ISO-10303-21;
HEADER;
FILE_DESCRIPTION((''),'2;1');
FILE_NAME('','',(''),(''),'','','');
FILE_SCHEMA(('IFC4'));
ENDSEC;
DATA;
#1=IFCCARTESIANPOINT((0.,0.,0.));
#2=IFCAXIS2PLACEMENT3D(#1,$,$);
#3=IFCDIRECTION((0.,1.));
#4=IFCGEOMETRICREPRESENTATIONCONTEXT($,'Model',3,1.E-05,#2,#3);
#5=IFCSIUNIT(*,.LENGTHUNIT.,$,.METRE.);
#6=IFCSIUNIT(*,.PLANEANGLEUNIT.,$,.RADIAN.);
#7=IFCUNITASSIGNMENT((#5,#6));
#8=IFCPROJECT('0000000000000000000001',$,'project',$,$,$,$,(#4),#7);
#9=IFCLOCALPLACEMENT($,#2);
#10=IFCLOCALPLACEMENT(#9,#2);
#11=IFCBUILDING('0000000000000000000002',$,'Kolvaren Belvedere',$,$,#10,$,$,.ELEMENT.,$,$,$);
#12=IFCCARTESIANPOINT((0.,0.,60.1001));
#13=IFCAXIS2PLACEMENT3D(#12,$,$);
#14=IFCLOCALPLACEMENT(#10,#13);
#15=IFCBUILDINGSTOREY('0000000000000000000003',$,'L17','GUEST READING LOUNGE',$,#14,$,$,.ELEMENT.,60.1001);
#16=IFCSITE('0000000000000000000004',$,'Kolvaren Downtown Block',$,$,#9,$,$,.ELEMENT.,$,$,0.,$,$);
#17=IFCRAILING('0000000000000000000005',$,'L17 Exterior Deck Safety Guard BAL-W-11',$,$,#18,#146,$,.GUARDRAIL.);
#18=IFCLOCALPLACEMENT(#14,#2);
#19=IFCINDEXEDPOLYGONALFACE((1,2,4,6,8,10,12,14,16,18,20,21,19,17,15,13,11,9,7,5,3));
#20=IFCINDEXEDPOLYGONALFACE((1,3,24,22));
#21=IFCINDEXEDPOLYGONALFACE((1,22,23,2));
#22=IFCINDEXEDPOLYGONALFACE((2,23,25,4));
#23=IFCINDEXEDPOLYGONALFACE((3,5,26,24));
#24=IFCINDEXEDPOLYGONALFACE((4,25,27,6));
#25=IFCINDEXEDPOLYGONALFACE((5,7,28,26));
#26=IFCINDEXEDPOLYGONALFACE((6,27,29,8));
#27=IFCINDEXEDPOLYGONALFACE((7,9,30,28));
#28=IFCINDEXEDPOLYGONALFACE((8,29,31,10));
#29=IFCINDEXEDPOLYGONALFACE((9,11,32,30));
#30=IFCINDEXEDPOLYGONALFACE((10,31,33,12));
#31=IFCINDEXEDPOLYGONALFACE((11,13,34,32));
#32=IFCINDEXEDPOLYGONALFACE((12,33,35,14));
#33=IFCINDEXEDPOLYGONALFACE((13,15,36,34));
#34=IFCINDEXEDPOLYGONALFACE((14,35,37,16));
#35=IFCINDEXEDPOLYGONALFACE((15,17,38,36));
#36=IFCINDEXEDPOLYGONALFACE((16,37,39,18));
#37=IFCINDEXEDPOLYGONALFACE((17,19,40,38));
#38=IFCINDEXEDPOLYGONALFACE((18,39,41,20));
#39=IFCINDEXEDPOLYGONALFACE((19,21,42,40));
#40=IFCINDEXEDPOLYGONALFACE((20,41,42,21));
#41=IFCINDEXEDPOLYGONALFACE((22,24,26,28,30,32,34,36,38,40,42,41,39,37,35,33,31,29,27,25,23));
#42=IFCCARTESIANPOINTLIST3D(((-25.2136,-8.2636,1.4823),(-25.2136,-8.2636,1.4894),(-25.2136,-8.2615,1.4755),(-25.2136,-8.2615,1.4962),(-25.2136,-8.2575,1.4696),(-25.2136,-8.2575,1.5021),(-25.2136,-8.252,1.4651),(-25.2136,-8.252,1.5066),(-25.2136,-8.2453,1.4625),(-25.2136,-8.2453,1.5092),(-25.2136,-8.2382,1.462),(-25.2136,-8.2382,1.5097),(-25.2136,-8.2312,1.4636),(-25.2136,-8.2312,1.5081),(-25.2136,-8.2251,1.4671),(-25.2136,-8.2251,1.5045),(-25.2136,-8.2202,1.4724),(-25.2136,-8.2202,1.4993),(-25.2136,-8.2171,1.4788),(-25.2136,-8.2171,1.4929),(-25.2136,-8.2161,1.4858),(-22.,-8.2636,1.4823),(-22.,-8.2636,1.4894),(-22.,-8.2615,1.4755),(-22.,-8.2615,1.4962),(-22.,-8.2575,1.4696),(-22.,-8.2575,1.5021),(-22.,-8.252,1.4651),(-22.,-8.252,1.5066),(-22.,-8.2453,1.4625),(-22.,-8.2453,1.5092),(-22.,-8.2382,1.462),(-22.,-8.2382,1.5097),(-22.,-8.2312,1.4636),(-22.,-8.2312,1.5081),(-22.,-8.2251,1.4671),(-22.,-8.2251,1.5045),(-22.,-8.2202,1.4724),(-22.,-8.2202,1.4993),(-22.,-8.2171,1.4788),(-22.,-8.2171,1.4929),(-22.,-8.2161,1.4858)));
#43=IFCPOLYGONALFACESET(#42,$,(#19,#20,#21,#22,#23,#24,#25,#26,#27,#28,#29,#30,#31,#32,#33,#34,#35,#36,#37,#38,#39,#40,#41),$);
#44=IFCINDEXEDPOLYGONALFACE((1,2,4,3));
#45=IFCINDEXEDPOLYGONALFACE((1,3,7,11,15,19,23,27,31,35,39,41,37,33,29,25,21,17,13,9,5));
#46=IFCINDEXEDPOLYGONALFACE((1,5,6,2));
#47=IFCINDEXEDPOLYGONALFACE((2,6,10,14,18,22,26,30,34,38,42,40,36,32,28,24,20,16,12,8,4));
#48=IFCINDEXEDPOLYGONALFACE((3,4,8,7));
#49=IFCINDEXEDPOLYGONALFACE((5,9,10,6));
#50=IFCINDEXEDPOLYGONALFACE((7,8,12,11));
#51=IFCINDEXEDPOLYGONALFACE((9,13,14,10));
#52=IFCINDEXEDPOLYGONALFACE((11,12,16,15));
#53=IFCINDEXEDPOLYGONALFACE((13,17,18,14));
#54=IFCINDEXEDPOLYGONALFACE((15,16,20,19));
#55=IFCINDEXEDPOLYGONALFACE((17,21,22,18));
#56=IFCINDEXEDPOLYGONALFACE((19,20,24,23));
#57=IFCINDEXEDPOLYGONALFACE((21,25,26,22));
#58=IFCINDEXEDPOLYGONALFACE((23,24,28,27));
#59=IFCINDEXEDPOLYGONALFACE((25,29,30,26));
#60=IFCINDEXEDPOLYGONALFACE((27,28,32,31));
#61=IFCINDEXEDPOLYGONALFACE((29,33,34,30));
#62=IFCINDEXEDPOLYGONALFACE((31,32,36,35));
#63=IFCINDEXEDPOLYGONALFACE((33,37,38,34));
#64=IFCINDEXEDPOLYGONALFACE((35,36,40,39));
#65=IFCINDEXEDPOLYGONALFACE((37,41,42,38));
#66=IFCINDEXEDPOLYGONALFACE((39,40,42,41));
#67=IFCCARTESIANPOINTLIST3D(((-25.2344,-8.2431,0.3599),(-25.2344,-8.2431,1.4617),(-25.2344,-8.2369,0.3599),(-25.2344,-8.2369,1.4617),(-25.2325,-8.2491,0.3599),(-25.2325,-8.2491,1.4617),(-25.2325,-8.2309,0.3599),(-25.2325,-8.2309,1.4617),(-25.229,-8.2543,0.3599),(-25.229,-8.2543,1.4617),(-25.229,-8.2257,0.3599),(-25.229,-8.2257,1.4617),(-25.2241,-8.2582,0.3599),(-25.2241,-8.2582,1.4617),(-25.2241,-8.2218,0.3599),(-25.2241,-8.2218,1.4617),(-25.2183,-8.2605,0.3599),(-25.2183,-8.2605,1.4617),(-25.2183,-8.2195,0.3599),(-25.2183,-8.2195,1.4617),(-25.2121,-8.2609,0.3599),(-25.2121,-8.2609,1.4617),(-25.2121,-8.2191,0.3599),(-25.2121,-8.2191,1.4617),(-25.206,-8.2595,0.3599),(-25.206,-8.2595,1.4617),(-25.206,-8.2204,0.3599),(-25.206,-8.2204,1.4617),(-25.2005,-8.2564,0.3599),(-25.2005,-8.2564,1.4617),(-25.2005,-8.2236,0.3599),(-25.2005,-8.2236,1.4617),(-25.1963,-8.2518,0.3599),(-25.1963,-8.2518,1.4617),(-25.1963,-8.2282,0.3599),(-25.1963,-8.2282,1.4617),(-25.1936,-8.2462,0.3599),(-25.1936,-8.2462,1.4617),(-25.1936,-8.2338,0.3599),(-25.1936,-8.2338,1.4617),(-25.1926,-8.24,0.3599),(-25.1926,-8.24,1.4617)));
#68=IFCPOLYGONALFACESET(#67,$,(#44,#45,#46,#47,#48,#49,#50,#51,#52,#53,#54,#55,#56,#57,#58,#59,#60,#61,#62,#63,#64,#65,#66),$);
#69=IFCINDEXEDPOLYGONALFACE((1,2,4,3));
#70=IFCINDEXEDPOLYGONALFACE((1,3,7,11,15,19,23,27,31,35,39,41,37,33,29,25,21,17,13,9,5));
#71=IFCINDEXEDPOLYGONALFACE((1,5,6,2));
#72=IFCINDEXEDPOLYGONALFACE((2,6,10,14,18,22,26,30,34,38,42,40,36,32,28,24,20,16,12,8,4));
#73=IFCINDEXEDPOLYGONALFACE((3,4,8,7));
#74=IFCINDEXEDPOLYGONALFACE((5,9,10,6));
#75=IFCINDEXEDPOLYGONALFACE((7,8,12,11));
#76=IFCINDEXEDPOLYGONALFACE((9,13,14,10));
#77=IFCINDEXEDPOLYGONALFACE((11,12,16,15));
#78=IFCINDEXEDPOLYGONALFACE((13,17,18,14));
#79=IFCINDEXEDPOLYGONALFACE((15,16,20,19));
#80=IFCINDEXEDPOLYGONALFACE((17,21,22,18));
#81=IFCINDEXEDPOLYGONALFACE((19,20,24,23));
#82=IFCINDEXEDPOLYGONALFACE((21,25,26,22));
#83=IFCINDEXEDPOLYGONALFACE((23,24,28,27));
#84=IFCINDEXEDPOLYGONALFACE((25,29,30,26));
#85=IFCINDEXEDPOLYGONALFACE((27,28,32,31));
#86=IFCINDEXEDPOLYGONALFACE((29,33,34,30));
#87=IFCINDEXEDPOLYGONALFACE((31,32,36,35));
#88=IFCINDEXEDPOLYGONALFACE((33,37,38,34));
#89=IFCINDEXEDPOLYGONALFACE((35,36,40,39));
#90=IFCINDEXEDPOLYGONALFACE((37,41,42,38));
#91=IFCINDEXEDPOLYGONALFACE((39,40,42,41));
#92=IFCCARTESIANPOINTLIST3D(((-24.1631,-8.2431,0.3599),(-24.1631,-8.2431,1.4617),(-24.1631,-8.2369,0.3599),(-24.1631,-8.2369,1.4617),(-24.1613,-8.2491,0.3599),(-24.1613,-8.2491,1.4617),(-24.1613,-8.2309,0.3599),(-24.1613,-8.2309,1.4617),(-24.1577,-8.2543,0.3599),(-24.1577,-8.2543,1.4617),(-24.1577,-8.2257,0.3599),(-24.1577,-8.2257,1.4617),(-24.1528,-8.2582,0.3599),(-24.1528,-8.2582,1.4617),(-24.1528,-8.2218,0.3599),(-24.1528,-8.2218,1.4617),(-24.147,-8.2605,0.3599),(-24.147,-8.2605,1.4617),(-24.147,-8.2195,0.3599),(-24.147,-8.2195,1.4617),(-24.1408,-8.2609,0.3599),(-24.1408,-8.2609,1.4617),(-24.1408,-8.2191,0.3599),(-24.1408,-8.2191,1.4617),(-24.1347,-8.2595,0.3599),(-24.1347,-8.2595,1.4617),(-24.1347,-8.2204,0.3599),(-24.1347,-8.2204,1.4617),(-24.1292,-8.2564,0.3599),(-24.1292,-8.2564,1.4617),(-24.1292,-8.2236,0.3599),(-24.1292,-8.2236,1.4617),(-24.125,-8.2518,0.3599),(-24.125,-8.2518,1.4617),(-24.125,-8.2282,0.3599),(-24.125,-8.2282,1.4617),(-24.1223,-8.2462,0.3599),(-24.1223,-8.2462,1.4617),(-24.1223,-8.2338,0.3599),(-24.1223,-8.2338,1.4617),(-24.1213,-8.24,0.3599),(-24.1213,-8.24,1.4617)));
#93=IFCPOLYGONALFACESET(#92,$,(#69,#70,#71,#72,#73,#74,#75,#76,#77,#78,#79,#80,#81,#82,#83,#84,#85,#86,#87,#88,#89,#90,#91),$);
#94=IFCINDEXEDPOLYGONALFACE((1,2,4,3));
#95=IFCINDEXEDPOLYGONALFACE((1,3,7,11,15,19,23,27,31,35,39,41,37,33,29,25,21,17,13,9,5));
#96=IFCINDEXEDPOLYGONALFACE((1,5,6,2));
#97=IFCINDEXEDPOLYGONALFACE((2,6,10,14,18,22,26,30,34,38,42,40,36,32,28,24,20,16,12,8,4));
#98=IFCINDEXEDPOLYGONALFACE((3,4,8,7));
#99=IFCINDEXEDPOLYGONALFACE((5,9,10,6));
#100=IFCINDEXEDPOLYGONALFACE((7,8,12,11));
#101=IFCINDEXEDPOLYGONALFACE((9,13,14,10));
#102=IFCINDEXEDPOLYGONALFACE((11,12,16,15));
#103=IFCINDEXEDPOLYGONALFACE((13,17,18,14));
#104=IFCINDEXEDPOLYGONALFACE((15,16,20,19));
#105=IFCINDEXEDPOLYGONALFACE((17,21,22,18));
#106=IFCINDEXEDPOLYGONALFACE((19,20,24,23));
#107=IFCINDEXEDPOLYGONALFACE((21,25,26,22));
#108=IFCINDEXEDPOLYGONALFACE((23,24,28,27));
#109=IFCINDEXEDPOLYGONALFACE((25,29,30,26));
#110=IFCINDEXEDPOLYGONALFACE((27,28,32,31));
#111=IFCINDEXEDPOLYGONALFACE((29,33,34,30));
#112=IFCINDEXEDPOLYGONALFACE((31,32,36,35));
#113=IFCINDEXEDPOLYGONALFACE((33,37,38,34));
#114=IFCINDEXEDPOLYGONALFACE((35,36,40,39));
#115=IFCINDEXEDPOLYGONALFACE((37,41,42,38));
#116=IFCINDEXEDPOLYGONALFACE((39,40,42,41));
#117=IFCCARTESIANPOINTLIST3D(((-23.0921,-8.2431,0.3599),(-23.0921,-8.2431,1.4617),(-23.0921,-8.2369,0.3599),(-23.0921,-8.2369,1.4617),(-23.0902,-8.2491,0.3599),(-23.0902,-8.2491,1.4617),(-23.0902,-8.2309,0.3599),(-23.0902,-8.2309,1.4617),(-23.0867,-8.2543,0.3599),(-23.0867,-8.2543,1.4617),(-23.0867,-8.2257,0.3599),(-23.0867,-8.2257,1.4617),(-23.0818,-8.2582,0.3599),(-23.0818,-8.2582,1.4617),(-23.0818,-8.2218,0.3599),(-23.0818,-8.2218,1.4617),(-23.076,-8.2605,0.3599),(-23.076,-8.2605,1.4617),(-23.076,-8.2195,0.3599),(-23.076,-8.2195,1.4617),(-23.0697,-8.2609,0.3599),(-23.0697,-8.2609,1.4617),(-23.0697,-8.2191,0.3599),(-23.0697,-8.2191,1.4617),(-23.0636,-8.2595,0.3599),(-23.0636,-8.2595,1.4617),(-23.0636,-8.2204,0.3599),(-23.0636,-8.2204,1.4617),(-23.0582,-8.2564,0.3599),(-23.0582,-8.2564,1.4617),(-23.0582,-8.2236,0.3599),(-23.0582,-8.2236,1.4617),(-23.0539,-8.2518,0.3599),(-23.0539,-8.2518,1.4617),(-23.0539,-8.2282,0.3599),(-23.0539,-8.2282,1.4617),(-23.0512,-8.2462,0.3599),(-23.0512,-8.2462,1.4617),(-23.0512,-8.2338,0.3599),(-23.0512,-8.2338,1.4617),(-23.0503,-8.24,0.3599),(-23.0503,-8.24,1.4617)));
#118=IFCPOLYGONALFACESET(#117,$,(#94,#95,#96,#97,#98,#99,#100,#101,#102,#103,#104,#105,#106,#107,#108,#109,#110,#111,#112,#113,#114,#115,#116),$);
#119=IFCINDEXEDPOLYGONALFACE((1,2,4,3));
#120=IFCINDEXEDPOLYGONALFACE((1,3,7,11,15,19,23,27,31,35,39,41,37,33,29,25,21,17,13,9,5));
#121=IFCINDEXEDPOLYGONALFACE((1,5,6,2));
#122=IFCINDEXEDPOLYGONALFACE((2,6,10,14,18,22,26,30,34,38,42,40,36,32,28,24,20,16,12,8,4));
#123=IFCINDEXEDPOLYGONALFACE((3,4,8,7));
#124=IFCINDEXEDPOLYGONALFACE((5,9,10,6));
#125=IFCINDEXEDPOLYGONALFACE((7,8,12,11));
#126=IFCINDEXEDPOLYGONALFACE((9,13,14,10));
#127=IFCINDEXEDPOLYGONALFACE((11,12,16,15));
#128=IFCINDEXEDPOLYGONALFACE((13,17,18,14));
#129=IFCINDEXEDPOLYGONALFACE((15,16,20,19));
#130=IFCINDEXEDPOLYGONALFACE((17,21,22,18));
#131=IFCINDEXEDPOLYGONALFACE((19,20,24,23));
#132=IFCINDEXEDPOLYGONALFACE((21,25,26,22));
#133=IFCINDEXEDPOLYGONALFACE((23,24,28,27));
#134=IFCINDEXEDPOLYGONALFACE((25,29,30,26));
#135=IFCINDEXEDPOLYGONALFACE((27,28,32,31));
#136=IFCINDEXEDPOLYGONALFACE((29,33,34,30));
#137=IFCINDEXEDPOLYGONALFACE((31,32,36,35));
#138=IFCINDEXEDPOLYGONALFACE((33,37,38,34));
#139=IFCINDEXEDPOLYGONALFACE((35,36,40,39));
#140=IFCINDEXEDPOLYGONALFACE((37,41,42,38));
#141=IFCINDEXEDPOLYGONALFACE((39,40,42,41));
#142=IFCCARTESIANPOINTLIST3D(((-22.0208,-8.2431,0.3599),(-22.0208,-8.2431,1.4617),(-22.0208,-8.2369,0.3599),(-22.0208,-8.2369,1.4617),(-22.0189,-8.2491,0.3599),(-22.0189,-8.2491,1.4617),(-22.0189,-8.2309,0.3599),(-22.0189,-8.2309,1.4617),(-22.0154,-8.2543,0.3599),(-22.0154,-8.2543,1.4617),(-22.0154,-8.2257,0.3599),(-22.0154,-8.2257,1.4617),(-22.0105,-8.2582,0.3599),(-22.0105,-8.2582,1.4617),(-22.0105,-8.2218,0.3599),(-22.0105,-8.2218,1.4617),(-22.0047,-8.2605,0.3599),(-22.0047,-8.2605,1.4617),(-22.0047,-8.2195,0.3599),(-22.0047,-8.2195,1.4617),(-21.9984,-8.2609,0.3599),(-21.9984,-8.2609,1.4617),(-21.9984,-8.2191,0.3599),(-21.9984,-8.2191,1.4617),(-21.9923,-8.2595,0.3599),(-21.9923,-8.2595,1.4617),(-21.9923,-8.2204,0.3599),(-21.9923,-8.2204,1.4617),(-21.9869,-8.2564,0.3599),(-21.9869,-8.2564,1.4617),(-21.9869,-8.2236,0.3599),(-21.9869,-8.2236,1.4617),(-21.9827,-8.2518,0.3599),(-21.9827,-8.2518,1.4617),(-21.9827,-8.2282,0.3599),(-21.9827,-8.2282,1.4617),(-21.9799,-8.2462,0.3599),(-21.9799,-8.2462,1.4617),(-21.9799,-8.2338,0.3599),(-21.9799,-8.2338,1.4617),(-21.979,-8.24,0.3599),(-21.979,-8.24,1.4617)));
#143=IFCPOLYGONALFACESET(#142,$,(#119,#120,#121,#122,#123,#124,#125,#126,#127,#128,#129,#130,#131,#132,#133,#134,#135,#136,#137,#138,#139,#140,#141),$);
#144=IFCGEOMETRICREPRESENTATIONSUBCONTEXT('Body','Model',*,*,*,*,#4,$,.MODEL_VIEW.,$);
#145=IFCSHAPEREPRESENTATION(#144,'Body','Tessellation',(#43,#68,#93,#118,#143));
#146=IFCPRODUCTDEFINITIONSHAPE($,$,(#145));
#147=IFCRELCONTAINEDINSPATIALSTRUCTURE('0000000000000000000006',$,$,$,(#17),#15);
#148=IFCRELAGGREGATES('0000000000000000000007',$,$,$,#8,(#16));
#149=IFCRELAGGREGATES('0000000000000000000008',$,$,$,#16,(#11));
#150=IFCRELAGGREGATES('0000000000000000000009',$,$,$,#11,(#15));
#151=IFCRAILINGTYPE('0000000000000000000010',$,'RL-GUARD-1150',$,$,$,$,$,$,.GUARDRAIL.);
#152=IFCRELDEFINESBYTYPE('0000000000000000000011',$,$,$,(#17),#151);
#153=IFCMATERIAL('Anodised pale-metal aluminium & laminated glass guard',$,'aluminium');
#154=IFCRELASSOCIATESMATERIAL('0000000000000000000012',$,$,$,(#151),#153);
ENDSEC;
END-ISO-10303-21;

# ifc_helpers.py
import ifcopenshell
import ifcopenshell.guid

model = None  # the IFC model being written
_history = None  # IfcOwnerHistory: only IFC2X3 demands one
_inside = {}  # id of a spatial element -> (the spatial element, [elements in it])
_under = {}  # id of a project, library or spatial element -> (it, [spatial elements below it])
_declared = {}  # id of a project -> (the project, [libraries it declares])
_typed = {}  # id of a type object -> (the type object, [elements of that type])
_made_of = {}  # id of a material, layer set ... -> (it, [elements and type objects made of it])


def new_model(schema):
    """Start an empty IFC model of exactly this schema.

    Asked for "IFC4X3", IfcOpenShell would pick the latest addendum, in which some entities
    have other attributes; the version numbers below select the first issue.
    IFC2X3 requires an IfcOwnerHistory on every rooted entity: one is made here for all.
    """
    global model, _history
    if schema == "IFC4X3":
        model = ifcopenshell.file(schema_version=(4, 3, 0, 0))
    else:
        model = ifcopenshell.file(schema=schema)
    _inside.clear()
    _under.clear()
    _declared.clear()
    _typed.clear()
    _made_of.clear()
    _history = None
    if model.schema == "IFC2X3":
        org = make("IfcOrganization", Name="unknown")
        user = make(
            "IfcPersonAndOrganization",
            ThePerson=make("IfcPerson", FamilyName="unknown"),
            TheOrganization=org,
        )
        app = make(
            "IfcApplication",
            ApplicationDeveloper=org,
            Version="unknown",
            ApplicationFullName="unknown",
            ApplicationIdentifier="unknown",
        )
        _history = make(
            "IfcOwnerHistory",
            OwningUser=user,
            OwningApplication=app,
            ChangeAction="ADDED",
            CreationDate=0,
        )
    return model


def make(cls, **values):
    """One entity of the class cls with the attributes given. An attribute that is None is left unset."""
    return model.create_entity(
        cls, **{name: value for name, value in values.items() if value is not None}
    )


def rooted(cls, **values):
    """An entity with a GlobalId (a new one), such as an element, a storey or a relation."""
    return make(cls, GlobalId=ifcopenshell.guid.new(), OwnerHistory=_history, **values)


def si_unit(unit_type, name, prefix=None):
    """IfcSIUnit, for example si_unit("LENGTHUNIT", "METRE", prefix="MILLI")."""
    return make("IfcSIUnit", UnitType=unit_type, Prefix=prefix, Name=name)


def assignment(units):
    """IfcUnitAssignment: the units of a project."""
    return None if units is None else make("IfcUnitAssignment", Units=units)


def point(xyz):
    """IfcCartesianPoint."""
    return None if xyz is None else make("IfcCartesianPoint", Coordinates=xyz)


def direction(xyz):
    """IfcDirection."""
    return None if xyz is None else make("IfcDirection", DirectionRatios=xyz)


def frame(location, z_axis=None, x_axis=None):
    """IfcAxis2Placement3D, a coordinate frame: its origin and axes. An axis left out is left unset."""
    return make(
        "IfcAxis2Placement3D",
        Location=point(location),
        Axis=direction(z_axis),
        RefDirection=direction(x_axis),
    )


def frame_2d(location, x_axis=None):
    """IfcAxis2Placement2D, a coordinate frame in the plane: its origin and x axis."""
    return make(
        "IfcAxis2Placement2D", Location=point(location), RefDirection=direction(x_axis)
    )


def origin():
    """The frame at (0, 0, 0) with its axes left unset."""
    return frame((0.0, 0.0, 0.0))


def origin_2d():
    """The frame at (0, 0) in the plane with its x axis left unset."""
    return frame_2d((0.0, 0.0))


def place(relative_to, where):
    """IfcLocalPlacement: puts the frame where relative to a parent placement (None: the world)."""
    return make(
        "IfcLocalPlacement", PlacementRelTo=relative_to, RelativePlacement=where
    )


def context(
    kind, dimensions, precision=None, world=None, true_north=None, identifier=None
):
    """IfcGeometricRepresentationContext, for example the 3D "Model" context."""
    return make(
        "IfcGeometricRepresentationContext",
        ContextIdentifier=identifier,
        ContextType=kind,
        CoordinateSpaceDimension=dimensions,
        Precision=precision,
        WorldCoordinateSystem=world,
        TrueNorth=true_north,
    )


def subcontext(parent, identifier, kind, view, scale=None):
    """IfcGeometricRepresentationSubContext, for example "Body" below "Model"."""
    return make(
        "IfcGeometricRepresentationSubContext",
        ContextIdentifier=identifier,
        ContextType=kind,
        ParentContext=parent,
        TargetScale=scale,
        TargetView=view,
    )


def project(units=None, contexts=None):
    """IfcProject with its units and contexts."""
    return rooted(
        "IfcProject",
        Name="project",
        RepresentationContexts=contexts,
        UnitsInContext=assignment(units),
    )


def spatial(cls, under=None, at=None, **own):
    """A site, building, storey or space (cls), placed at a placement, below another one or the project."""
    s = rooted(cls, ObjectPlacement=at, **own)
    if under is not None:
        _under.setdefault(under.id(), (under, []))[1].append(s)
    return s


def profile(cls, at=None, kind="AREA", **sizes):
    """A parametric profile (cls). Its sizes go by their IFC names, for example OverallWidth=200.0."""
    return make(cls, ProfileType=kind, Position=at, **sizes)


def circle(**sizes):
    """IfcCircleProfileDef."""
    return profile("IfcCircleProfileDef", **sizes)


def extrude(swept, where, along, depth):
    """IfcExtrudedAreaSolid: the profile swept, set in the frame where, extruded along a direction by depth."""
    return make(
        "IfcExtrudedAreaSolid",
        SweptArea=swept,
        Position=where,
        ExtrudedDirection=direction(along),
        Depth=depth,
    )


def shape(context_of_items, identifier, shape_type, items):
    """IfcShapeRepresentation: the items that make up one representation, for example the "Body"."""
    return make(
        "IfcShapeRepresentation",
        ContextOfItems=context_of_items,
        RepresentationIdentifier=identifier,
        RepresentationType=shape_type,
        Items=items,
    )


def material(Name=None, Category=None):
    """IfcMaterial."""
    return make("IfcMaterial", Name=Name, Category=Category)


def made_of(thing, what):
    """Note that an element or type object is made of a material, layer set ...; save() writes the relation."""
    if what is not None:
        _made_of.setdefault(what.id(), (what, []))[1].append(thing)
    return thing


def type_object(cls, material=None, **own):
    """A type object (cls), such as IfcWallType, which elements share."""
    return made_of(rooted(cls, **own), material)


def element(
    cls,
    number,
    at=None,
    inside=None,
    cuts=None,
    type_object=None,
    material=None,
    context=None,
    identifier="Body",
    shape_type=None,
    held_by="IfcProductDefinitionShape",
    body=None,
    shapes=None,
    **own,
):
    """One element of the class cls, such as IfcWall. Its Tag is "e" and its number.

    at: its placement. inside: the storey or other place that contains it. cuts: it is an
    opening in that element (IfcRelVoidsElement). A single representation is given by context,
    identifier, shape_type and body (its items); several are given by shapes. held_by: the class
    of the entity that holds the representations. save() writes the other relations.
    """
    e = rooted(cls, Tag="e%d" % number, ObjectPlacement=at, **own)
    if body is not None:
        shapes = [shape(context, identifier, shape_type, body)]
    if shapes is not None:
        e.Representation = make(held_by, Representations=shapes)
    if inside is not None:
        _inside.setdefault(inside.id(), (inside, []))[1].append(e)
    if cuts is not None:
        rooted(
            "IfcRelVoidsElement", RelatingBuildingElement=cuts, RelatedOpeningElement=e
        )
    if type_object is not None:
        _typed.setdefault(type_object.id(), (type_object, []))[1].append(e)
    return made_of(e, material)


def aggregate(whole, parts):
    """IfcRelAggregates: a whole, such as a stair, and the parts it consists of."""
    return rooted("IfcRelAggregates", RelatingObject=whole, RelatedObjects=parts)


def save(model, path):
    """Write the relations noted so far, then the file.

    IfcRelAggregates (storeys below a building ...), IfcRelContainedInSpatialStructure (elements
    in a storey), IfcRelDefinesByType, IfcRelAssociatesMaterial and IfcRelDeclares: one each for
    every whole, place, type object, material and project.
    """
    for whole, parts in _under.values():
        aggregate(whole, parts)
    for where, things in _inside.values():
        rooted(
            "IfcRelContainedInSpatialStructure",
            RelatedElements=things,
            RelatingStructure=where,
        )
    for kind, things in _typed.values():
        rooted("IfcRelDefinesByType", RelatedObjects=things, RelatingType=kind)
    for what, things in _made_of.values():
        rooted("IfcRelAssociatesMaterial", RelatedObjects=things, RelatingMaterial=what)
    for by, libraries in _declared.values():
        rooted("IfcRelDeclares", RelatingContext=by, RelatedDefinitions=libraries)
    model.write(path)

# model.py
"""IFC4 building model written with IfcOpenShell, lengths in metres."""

from ifc_helpers import new_model, si_unit, direction, frame, origin, origin_2d, place, context, subcontext, project, spatial, circle, extrude, material, type_object, element, save


model = new_model("IFC4")

# Units and contexts
model_context = context("Model", 3, precision=1e-05, world=origin(), true_north=direction((0.0, 1.0)))
body_context = subcontext(model_context, "Body", "Model", "MODEL_VIEW")
ifc_project = project(units=[si_unit("LENGTHUNIT", "METRE"), si_unit("PLANEANGLEUNIT", "RADIAN")], contexts=[model_context])

# Site, building, storey
site_placement = place(None, origin())
site = spatial("IfcSite", under=ifc_project, at=site_placement, Name="Kolvaren Downtown Block", CompositionType="ELEMENT", RefElevation=0.0)
building_placement = place(site_placement, origin())
building = spatial("IfcBuilding", under=site, at=building_placement, Name="Kolvaren Belvedere", CompositionType="ELEMENT")
storey_placement = place(building_placement, frame((0.0, 0.0, 60.1001)))
storey = spatial("IfcBuildingStorey", under=building, at=storey_placement, Name="L17", Description="GUEST READING LOUNGE", CompositionType="ELEMENT", Elevation=60.1001)

# Railing
ifc_material_1 = material(Name="Anodised pale-metal aluminium & laminated glass guard", Category="aluminium")
railing_type = type_object("IfcRailingType", Name="RL-GUARD-1150", PredefinedType="GUARDRAIL", material=ifc_material_1)
railing_1_placement = place(storey_placement, frame((-25.2136, -8.24, 0.3599)))
element("IfcRailing", 1, at=railing_1_placement, inside=storey, type_object=railing_type, Name="L17 Exterior Deck Safety Guard BAL-W-11", PredefinedType="GUARDRAIL", context=body_context, shape_type="SweptSolid", body=[
    extrude(circle(Radius=0.0239, at=origin_2d()), frame((0.0, 0.0, 1.126), z_axis=(1.0, 0.0, 0.0), x_axis=(0.0, 1.0, 0.0)), (0.0, 0.0, 1.0), 3.2136),
    extrude(circle(Radius=0.021, at=origin_2d()), origin(), (0.0, 0.0, 1.0), 1.1018),
    extrude(circle(Radius=0.021, at=origin_2d()), frame((1.0713, 0.0, 0.0)), (0.0, 0.0, 1.0), 1.1018),
    extrude(circle(Radius=0.021, at=origin_2d()), frame((2.1423, 0.0, 0.0)), (0.0, 0.0, 1.0), 1.1018),
    extrude(circle(Radius=0.021, at=origin_2d()), frame((3.2136, 0.0, 0.0)), (0.0, 0.0, 1.0), 1.1018),
])

save(model, "model.ifc")
